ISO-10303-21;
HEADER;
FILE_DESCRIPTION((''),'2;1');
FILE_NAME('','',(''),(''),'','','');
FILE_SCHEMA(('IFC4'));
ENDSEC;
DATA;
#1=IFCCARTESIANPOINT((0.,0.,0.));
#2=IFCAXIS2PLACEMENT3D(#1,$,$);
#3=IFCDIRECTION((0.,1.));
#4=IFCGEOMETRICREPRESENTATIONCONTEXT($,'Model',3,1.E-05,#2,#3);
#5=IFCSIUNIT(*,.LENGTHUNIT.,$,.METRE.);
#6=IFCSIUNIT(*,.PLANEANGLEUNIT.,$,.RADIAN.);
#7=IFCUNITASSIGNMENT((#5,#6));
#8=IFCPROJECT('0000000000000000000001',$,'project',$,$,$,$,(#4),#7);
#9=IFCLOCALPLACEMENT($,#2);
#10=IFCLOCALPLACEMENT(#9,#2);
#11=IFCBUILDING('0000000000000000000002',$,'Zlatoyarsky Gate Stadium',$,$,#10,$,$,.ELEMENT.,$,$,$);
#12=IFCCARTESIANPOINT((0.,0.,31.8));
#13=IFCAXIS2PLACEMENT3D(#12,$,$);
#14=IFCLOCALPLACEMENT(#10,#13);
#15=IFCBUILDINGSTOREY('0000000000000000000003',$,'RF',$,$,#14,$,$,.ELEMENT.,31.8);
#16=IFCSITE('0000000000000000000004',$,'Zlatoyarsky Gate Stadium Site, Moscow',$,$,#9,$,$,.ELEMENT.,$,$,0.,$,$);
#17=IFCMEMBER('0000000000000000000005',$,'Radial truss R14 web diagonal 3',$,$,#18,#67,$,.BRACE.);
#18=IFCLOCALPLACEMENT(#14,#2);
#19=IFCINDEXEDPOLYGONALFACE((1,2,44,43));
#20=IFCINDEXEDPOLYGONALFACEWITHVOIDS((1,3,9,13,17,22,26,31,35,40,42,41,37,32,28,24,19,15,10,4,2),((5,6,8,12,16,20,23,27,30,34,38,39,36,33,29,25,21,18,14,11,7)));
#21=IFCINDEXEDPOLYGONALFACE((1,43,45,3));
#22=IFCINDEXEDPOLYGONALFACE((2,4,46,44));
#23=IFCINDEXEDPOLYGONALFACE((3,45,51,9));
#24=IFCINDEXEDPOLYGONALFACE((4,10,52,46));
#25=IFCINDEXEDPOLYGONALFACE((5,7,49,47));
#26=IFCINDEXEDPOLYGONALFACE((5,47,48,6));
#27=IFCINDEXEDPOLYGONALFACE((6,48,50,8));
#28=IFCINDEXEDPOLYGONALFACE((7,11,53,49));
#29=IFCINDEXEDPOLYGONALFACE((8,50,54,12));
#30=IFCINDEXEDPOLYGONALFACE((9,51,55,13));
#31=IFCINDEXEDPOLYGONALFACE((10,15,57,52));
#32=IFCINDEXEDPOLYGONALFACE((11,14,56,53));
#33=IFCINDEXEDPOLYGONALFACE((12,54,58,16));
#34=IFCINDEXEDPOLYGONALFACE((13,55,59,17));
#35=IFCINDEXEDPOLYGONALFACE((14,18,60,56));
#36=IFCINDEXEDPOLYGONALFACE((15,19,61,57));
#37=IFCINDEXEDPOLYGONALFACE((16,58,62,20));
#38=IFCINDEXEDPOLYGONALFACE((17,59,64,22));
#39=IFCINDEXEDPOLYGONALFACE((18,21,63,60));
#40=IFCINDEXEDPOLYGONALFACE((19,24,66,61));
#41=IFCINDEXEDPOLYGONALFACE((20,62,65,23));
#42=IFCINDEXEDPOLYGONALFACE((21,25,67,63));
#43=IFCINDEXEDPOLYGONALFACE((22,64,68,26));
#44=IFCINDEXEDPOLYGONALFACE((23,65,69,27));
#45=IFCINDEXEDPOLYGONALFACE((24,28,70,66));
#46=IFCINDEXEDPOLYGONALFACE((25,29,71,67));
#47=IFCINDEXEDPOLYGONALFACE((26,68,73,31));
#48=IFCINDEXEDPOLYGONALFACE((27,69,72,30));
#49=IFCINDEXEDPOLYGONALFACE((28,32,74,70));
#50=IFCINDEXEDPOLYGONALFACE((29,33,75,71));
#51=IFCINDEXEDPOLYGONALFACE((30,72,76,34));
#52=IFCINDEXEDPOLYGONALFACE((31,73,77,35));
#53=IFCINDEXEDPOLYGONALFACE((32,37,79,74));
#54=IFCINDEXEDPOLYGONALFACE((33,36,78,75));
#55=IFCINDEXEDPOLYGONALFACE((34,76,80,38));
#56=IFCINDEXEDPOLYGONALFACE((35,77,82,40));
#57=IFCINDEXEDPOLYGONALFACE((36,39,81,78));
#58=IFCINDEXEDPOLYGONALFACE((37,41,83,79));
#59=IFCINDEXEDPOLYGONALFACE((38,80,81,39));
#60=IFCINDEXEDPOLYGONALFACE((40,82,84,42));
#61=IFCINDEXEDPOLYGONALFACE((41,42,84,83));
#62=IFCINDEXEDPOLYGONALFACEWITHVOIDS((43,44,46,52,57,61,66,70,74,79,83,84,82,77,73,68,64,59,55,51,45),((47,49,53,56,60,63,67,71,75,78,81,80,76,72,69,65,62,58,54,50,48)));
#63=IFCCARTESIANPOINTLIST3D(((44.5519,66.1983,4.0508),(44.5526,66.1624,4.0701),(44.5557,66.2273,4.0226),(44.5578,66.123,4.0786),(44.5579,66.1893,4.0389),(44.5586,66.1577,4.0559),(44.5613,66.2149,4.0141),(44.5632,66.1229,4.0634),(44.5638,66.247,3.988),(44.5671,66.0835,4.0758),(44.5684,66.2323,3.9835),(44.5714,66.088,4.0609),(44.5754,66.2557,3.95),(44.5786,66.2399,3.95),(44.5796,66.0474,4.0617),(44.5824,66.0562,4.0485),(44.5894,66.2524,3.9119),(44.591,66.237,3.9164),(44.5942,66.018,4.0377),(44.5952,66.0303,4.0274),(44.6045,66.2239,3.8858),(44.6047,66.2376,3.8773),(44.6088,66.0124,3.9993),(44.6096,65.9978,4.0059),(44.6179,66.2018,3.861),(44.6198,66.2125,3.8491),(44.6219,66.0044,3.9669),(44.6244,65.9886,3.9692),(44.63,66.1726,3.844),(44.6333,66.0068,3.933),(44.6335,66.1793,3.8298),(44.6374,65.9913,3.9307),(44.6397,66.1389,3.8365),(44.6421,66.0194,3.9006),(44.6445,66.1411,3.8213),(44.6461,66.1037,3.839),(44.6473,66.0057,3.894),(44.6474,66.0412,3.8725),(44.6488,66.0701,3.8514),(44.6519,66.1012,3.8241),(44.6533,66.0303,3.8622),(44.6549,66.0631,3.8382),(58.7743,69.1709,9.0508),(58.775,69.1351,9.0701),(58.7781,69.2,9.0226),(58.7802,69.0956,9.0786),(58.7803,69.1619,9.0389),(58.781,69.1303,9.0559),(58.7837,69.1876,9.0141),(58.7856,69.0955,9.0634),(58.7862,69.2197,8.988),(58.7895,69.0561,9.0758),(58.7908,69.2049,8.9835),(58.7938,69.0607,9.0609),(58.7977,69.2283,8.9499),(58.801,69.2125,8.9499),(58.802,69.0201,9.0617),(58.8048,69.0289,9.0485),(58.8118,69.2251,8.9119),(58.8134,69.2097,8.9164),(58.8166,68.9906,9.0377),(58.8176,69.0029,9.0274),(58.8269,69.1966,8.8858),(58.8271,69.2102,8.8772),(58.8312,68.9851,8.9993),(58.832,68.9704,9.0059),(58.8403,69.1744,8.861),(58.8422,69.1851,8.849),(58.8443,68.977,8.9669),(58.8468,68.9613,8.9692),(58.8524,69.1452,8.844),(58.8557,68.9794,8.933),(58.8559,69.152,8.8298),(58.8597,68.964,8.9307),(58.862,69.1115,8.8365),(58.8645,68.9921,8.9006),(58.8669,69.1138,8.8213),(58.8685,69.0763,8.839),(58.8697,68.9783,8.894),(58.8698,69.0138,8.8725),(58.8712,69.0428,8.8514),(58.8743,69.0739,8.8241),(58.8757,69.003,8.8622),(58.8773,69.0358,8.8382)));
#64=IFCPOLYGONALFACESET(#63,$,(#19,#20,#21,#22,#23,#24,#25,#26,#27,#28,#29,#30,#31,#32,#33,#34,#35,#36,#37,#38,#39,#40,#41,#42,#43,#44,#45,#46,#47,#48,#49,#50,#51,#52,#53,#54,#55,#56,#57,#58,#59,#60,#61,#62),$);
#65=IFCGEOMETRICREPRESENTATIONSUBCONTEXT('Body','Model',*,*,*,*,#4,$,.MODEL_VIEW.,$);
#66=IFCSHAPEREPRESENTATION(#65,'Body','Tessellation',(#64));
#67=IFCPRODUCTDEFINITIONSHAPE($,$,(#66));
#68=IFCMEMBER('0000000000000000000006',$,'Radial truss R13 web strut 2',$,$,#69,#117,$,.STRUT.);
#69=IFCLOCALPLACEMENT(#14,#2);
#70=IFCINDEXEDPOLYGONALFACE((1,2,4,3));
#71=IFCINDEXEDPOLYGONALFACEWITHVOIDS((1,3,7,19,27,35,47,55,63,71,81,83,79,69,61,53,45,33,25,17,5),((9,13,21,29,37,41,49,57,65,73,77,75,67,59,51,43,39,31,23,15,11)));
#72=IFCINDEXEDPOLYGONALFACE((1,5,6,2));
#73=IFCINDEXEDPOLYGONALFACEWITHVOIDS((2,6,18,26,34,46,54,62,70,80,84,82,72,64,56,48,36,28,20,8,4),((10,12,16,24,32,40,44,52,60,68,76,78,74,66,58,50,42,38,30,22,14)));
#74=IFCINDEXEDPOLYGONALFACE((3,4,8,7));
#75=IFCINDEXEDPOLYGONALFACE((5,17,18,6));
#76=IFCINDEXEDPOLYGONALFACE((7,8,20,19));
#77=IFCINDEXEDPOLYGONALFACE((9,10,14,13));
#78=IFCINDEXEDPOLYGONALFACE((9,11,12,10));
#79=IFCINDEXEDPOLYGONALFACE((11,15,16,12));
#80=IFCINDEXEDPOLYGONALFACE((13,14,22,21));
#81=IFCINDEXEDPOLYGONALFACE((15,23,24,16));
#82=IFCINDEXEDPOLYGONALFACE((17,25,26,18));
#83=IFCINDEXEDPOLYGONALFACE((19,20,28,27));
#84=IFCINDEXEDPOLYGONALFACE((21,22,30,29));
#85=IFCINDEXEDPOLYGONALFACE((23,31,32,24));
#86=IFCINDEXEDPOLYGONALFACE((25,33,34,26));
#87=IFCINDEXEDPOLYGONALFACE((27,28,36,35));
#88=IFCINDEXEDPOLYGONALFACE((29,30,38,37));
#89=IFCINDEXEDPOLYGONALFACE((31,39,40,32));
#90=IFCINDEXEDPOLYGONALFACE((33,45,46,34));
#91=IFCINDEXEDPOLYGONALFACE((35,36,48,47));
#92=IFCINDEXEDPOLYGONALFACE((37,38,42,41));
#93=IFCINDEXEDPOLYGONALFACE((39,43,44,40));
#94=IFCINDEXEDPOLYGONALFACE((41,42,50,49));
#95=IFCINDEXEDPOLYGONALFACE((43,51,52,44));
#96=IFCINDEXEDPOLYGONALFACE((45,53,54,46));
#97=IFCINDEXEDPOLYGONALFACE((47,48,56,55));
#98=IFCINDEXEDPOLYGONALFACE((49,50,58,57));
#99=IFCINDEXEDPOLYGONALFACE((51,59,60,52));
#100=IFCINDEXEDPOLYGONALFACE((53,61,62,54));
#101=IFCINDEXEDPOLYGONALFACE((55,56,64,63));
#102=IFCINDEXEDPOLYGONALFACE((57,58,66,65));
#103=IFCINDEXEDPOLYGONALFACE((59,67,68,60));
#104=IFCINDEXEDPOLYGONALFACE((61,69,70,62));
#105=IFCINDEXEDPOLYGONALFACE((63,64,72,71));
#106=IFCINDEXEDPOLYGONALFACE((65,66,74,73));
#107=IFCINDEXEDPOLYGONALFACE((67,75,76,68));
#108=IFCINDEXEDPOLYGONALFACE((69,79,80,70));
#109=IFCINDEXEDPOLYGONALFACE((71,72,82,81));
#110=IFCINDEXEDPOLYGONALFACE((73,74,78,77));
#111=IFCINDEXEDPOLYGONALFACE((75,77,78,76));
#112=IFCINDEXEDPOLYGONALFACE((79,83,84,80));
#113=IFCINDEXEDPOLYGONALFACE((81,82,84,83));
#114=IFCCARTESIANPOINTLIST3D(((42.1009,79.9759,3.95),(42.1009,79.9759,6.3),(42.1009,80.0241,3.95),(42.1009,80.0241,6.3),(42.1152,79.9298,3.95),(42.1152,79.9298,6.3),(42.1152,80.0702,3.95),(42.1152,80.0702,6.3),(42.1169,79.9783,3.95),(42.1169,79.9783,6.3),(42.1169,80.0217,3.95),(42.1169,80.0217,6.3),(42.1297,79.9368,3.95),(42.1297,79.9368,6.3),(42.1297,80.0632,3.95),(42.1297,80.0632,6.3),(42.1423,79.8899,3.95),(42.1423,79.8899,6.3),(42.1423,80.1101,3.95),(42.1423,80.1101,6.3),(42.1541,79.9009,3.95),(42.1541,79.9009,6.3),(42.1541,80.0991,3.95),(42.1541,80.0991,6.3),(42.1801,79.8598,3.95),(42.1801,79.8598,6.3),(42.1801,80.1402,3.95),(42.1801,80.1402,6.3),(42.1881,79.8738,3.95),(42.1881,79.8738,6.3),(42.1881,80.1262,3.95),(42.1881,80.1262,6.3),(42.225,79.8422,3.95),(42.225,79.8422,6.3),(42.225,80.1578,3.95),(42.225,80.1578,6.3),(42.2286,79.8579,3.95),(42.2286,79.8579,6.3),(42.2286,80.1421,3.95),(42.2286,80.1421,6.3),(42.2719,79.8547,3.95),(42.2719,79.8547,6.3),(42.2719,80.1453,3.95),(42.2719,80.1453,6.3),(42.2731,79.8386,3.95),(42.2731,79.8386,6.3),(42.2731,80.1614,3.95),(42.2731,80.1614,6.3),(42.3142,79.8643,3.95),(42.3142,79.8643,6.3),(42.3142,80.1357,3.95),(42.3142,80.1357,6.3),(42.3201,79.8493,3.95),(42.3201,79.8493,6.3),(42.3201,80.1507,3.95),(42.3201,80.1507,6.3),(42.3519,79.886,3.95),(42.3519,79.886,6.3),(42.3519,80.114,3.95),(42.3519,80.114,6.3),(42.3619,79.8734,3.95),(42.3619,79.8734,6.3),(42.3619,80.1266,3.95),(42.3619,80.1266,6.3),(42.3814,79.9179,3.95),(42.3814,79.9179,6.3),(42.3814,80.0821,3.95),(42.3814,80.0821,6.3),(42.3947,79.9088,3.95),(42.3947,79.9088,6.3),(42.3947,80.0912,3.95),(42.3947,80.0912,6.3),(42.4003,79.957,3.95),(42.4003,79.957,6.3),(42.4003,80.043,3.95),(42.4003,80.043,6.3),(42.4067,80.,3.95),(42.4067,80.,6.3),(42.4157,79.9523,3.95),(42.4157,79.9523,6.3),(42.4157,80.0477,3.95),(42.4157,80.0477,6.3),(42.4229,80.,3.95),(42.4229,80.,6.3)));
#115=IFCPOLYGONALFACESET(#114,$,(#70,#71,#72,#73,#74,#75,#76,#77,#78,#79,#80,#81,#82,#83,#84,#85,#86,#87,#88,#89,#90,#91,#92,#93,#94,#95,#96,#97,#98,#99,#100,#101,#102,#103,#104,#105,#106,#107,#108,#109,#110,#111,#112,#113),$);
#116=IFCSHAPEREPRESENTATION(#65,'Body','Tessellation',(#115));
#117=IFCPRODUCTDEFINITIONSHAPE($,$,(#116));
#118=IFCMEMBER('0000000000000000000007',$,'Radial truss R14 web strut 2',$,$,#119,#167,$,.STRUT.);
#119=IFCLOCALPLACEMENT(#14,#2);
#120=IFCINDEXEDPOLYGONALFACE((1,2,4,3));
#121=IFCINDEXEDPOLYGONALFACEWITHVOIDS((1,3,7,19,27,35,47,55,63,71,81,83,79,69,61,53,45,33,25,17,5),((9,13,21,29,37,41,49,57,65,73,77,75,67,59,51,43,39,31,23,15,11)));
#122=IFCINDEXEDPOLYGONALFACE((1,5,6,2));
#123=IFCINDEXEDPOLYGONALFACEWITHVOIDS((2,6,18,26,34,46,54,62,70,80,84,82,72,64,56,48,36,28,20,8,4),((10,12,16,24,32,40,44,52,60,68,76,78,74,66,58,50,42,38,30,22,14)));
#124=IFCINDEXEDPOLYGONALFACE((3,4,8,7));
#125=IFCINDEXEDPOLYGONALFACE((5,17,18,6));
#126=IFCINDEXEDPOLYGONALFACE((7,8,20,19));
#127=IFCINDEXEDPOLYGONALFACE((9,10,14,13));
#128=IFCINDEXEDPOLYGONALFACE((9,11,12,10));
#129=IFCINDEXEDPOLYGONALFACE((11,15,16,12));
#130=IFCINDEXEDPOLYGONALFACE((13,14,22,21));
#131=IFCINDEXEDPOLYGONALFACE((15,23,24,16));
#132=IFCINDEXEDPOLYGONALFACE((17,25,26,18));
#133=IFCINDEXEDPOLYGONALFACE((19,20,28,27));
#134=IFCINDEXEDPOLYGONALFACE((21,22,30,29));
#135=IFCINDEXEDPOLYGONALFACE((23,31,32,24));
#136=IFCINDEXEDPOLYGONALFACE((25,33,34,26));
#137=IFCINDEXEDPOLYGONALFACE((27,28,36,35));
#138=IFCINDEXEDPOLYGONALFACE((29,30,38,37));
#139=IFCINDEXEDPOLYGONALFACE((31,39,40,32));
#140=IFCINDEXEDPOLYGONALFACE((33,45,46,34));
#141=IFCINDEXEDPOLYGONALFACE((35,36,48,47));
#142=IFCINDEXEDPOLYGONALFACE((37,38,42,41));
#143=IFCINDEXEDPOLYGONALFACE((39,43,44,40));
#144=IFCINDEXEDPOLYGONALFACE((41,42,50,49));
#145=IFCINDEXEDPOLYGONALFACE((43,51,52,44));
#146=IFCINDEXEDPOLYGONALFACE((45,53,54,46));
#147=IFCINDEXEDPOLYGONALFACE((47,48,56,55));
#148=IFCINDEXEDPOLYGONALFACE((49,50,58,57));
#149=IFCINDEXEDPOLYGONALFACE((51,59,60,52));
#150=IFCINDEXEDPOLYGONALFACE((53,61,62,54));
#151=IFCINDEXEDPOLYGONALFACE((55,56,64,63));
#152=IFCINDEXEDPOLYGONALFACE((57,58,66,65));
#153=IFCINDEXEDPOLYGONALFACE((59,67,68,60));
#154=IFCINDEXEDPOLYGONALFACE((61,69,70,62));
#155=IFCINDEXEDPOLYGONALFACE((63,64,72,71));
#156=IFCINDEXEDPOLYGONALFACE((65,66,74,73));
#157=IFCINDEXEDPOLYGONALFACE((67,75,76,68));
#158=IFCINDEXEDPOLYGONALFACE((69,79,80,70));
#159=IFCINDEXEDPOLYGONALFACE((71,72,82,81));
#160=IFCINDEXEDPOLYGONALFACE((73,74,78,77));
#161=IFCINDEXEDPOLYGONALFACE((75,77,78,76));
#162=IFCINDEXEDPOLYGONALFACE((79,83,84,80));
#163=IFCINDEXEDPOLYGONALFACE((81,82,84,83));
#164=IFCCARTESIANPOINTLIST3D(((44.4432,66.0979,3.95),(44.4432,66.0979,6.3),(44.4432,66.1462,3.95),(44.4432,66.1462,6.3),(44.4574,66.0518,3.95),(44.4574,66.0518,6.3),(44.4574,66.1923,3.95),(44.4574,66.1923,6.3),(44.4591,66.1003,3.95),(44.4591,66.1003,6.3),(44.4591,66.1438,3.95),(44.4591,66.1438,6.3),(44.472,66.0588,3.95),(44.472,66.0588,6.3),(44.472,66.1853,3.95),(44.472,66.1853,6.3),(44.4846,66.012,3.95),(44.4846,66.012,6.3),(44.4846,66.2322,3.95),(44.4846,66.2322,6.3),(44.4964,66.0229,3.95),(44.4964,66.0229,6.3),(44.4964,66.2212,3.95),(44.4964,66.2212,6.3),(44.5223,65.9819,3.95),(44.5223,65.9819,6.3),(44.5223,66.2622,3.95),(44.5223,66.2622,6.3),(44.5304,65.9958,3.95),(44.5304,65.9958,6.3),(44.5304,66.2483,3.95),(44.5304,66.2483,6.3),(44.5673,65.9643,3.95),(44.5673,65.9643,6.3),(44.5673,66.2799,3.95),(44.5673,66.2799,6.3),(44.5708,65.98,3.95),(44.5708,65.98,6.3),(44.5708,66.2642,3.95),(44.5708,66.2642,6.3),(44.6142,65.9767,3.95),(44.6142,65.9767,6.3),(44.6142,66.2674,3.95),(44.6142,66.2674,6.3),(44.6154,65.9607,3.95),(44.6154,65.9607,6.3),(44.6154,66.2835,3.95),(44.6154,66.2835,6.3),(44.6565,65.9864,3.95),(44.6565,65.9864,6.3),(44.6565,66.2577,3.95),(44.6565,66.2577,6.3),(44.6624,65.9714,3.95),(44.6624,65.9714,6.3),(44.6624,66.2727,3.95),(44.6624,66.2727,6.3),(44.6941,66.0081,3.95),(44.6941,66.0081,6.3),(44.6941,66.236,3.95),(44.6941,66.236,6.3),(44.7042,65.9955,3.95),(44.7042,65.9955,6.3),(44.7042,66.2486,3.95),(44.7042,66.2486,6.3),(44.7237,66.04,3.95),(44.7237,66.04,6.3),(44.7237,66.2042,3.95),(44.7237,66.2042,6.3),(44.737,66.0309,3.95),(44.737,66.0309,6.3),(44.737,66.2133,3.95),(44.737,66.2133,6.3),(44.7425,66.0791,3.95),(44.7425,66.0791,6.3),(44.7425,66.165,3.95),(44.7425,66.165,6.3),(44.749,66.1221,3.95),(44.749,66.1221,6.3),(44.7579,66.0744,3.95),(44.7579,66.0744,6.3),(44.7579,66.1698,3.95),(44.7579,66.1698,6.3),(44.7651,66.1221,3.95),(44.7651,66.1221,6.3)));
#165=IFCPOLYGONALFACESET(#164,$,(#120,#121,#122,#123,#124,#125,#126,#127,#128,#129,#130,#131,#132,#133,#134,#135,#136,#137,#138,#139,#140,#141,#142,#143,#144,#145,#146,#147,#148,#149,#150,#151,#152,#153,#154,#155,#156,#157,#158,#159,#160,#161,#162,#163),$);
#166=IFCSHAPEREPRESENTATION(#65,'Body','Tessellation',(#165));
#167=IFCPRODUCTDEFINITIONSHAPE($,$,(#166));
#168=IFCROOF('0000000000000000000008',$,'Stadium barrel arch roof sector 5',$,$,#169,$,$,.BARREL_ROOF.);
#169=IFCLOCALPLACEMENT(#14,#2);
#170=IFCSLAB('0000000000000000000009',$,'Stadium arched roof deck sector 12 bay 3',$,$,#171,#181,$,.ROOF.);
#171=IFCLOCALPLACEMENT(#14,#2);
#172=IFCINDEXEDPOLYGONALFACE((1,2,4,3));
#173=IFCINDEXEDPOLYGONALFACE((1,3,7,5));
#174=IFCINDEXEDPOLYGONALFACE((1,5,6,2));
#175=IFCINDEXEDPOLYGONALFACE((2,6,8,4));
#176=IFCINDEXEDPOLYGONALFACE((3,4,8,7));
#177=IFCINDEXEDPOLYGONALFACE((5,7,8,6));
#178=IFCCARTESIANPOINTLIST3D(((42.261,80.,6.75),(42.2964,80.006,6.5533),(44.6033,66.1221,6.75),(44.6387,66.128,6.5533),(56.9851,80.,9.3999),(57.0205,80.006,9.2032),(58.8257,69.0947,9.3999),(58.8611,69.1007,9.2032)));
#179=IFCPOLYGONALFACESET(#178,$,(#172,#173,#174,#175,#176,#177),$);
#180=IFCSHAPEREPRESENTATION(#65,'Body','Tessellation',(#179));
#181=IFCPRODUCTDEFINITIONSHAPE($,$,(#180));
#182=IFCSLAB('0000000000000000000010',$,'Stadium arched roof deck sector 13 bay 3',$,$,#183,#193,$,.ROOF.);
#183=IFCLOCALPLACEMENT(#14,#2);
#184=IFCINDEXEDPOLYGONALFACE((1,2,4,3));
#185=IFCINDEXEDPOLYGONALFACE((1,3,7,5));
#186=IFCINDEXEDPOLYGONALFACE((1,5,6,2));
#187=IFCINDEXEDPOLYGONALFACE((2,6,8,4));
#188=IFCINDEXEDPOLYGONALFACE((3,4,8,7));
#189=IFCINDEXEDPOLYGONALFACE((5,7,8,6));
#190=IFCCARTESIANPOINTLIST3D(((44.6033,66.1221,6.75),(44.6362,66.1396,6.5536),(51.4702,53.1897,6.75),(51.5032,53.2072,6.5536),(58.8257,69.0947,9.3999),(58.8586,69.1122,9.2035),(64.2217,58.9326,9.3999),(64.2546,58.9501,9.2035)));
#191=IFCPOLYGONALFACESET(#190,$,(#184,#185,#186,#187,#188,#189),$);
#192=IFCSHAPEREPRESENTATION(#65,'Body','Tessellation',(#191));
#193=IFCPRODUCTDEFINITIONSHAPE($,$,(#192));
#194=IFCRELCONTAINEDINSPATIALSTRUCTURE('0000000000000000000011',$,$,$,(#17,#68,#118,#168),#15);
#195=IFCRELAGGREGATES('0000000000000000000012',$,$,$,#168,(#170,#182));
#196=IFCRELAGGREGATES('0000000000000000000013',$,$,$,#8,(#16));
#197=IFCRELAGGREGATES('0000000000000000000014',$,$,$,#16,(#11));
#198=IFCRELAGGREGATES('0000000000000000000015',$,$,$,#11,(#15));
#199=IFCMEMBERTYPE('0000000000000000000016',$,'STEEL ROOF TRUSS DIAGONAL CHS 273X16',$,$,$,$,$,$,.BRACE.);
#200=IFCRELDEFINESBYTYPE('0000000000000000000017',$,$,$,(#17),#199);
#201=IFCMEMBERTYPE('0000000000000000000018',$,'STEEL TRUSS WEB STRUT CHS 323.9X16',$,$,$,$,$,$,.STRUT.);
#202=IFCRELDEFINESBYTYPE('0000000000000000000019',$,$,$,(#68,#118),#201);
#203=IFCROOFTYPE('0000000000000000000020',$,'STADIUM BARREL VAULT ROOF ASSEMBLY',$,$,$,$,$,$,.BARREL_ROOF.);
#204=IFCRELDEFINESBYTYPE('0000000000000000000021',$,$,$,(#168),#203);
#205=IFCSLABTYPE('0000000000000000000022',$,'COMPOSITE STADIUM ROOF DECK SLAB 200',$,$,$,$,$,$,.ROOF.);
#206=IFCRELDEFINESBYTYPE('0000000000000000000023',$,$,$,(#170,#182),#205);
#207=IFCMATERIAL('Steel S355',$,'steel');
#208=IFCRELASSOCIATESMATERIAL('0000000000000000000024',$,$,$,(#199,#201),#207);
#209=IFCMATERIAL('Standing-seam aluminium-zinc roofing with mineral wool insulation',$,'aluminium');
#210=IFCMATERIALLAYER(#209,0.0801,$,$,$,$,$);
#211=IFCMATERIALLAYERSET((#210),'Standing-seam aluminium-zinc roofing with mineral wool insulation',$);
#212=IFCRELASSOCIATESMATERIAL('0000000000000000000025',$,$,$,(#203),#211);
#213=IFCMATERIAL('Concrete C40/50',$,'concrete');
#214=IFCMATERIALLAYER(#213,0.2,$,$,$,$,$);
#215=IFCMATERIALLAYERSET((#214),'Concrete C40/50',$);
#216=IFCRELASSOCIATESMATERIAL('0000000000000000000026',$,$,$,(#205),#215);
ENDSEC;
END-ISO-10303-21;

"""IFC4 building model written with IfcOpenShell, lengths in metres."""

from ifc_helpers import new_model, si_unit, direction, frame, origin, origin_2d, place, context, subcontext, project, spatial, polyline, hollow_circle, outline, extrude, material, layer, layer_set, material_profile, profile_set, type_object, element, aggregate, save


model = new_model("IFC4")

# Units and contexts
model_context = context("Model", 3, precision=1e-05, world=origin(), true_north=direction((0.0, 1.0)))
body_context = subcontext(model_context, "Body", "Model", "MODEL_VIEW")
ifc_project = project(units=[si_unit("LENGTHUNIT", "METRE"), si_unit("PLANEANGLEUNIT", "RADIAN")], contexts=[model_context])

# Site, building, storey
site_placement = place(None, origin())
site = spatial("IfcSite", under=ifc_project, at=site_placement, Name="Zlatoyarsky Gate Stadium Site, Moscow", CompositionType="ELEMENT", RefElevation=0.0)
building_placement = place(site_placement, origin())
building = spatial("IfcBuilding", under=site, at=building_placement, Name="Zlatoyarsky Gate Stadium", CompositionType="ELEMENT")
storey_placement = place(building_placement, frame((0.0, 0.0, 31.8)))
storey = spatial("IfcBuildingStorey", under=building, at=storey_placement, Name="RF", CompositionType="ELEMENT", Elevation=31.8)

# Shared definitions
ifc_material_1 = material(Name="Steel S355", Category="steel")

# Members
ifc_material_profile_1 = material_profile(ifc_material_1, hollow_circle(Radius=0.1365, WallThickness=0.0161, at=origin_2d()), Name="CHS 273X16")
ifc_profile_set_1 = profile_set([ifc_material_profile_1], Name="Steel S355")
member_type_1 = type_object("IfcMemberType", Name="STEEL ROOF TRUSS DIAGONAL CHS 273X16", PredefinedType="BRACE", material=ifc_profile_set_1)
member_1_placement = place(storey_placement, frame((44.6033, 66.1221, 3.95), z_axis=(0.925577, 0.193457, 0.325394), x_axis=(-0.204591, 0.978848, 0.0)))
element("IfcMember", 1, at=member_1_placement, inside=storey, type_object=member_type_1, Name="Radial truss R14 web diagonal 3", PredefinedType="BRACE", context=body_context, shape_type="SweptSolid", body=[
    extrude(hollow_circle(Radius=0.1365, WallThickness=0.0161, at=origin_2d()), origin(), (0.0, 0.0, 1.0), 15.366),
])
ifc_material_profile_2 = material_profile(ifc_material_1, hollow_circle(Radius=0.1619, WallThickness=0.0161, at=origin_2d()), Name="CHS 323.9X16")
ifc_profile_set_2 = profile_set([ifc_material_profile_2], Name="Steel S355")
member_type_2 = type_object("IfcMemberType", Name="STEEL TRUSS WEB STRUT CHS 323.9X16", PredefinedType="STRUT", material=ifc_profile_set_2)
for number, where, z_axis, x_axis, name in (
    (2, (42.261, 80.0, 3.95), (0.0, 0.0, 1.0), (1.0, 0.0, 0.0), "Radial truss R13 web strut 2"),
    (3, (44.6033, 66.1221, 3.95), (0.0, 0.0, 1.0), (1.0, 0.0, 0.0), "Radial truss R14 web strut 2"),
):
    element("IfcMember", number, at=place(storey_placement, frame(where, z_axis=z_axis, x_axis=x_axis)), inside=storey, type_object=member_type_2, Name=name, PredefinedType="STRUT", context=body_context, shape_type="SweptSolid", body=[
        extrude(hollow_circle(Radius=0.1619, WallThickness=0.0161, at=origin_2d()), origin(), (0.0, 0.0, 1.0), 2.3501),
    ])

# Roof, slabs
ifc_material_2 = material(Name="Standing-seam aluminium-zinc roofing with mineral wool insulation", Category="aluminium")
ifc_layer_1 = layer(ifc_material_2, 0.0801)
ifc_layer_set_1 = layer_set([ifc_layer_1], Name="Standing-seam aluminium-zinc roofing with mineral wool insulation")
roof_type = type_object("IfcRoofType", Name="STADIUM BARREL VAULT ROOF ASSEMBLY", PredefinedType="BARREL_ROOF", material=ifc_layer_set_1)
roof_placement = place(storey_placement, origin())
roof = element("IfcRoof", 4, at=roof_placement, inside=storey, type_object=roof_type, Name="Stadium barrel arch roof sector 5", PredefinedType="BARREL_ROOF")
ifc_material_3 = material(Name="Concrete C40/50", Category="concrete")
ifc_layer_2 = layer(ifc_material_3, 0.2)
ifc_layer_set_2 = layer_set([ifc_layer_2], Name="Concrete C40/50")
slab_type = type_object("IfcSlabType", Name="COMPOSITE STADIUM ROOF DECK SLAB 200", PredefinedType="ROOF", material=ifc_layer_set_2)
slab_1_placement = place(storey_placement, frame((42.261, 80.0, 6.75), z_axis=(-0.177045, -0.029881, 0.983749), x_axis=(0.166424, -0.986054, 0.0)))
slab_1 = element("IfcSlab", 5, at=slab_1_placement, type_object=slab_type, Name="Stadium arched roof deck sector 12 bay 3", PredefinedType="ROOF", context=body_context, shape_type="SweptSolid", body=[
    extrude(outline(polyline([(0.0, 0.0), (14.0742, 0.0), (13.51, 14.7586), (2.4504, 14.7586), (0.0, 0.0)])), origin(), (0.0, 0.0, -1.0), 0.2),
])
slab_2_placement = place(storey_placement, frame((44.6033, 66.1221, 6.75), z_axis=(-0.164762, -0.087487, 0.982446), x_axis=(0.468975, -0.883211, 0.0)))
slab_2 = element("IfcSlab", 6, at=slab_2_placement, type_object=slab_type, Name="Stadium arched roof deck sector 13 bay 3", PredefinedType="ROOF", context=body_context, shape_type="SweptSolid", body=[
    extrude(outline(polyline([(0.0, 0.0), (14.6424, 0.0), (15.5504, 14.2049), (4.0445, 14.2049), (0.0, 0.0)])), origin(), (0.0, 0.0, -1.0), 0.2),
])

aggregate(roof, [slab_1, slab_2])

save(model, "model.ifc")
